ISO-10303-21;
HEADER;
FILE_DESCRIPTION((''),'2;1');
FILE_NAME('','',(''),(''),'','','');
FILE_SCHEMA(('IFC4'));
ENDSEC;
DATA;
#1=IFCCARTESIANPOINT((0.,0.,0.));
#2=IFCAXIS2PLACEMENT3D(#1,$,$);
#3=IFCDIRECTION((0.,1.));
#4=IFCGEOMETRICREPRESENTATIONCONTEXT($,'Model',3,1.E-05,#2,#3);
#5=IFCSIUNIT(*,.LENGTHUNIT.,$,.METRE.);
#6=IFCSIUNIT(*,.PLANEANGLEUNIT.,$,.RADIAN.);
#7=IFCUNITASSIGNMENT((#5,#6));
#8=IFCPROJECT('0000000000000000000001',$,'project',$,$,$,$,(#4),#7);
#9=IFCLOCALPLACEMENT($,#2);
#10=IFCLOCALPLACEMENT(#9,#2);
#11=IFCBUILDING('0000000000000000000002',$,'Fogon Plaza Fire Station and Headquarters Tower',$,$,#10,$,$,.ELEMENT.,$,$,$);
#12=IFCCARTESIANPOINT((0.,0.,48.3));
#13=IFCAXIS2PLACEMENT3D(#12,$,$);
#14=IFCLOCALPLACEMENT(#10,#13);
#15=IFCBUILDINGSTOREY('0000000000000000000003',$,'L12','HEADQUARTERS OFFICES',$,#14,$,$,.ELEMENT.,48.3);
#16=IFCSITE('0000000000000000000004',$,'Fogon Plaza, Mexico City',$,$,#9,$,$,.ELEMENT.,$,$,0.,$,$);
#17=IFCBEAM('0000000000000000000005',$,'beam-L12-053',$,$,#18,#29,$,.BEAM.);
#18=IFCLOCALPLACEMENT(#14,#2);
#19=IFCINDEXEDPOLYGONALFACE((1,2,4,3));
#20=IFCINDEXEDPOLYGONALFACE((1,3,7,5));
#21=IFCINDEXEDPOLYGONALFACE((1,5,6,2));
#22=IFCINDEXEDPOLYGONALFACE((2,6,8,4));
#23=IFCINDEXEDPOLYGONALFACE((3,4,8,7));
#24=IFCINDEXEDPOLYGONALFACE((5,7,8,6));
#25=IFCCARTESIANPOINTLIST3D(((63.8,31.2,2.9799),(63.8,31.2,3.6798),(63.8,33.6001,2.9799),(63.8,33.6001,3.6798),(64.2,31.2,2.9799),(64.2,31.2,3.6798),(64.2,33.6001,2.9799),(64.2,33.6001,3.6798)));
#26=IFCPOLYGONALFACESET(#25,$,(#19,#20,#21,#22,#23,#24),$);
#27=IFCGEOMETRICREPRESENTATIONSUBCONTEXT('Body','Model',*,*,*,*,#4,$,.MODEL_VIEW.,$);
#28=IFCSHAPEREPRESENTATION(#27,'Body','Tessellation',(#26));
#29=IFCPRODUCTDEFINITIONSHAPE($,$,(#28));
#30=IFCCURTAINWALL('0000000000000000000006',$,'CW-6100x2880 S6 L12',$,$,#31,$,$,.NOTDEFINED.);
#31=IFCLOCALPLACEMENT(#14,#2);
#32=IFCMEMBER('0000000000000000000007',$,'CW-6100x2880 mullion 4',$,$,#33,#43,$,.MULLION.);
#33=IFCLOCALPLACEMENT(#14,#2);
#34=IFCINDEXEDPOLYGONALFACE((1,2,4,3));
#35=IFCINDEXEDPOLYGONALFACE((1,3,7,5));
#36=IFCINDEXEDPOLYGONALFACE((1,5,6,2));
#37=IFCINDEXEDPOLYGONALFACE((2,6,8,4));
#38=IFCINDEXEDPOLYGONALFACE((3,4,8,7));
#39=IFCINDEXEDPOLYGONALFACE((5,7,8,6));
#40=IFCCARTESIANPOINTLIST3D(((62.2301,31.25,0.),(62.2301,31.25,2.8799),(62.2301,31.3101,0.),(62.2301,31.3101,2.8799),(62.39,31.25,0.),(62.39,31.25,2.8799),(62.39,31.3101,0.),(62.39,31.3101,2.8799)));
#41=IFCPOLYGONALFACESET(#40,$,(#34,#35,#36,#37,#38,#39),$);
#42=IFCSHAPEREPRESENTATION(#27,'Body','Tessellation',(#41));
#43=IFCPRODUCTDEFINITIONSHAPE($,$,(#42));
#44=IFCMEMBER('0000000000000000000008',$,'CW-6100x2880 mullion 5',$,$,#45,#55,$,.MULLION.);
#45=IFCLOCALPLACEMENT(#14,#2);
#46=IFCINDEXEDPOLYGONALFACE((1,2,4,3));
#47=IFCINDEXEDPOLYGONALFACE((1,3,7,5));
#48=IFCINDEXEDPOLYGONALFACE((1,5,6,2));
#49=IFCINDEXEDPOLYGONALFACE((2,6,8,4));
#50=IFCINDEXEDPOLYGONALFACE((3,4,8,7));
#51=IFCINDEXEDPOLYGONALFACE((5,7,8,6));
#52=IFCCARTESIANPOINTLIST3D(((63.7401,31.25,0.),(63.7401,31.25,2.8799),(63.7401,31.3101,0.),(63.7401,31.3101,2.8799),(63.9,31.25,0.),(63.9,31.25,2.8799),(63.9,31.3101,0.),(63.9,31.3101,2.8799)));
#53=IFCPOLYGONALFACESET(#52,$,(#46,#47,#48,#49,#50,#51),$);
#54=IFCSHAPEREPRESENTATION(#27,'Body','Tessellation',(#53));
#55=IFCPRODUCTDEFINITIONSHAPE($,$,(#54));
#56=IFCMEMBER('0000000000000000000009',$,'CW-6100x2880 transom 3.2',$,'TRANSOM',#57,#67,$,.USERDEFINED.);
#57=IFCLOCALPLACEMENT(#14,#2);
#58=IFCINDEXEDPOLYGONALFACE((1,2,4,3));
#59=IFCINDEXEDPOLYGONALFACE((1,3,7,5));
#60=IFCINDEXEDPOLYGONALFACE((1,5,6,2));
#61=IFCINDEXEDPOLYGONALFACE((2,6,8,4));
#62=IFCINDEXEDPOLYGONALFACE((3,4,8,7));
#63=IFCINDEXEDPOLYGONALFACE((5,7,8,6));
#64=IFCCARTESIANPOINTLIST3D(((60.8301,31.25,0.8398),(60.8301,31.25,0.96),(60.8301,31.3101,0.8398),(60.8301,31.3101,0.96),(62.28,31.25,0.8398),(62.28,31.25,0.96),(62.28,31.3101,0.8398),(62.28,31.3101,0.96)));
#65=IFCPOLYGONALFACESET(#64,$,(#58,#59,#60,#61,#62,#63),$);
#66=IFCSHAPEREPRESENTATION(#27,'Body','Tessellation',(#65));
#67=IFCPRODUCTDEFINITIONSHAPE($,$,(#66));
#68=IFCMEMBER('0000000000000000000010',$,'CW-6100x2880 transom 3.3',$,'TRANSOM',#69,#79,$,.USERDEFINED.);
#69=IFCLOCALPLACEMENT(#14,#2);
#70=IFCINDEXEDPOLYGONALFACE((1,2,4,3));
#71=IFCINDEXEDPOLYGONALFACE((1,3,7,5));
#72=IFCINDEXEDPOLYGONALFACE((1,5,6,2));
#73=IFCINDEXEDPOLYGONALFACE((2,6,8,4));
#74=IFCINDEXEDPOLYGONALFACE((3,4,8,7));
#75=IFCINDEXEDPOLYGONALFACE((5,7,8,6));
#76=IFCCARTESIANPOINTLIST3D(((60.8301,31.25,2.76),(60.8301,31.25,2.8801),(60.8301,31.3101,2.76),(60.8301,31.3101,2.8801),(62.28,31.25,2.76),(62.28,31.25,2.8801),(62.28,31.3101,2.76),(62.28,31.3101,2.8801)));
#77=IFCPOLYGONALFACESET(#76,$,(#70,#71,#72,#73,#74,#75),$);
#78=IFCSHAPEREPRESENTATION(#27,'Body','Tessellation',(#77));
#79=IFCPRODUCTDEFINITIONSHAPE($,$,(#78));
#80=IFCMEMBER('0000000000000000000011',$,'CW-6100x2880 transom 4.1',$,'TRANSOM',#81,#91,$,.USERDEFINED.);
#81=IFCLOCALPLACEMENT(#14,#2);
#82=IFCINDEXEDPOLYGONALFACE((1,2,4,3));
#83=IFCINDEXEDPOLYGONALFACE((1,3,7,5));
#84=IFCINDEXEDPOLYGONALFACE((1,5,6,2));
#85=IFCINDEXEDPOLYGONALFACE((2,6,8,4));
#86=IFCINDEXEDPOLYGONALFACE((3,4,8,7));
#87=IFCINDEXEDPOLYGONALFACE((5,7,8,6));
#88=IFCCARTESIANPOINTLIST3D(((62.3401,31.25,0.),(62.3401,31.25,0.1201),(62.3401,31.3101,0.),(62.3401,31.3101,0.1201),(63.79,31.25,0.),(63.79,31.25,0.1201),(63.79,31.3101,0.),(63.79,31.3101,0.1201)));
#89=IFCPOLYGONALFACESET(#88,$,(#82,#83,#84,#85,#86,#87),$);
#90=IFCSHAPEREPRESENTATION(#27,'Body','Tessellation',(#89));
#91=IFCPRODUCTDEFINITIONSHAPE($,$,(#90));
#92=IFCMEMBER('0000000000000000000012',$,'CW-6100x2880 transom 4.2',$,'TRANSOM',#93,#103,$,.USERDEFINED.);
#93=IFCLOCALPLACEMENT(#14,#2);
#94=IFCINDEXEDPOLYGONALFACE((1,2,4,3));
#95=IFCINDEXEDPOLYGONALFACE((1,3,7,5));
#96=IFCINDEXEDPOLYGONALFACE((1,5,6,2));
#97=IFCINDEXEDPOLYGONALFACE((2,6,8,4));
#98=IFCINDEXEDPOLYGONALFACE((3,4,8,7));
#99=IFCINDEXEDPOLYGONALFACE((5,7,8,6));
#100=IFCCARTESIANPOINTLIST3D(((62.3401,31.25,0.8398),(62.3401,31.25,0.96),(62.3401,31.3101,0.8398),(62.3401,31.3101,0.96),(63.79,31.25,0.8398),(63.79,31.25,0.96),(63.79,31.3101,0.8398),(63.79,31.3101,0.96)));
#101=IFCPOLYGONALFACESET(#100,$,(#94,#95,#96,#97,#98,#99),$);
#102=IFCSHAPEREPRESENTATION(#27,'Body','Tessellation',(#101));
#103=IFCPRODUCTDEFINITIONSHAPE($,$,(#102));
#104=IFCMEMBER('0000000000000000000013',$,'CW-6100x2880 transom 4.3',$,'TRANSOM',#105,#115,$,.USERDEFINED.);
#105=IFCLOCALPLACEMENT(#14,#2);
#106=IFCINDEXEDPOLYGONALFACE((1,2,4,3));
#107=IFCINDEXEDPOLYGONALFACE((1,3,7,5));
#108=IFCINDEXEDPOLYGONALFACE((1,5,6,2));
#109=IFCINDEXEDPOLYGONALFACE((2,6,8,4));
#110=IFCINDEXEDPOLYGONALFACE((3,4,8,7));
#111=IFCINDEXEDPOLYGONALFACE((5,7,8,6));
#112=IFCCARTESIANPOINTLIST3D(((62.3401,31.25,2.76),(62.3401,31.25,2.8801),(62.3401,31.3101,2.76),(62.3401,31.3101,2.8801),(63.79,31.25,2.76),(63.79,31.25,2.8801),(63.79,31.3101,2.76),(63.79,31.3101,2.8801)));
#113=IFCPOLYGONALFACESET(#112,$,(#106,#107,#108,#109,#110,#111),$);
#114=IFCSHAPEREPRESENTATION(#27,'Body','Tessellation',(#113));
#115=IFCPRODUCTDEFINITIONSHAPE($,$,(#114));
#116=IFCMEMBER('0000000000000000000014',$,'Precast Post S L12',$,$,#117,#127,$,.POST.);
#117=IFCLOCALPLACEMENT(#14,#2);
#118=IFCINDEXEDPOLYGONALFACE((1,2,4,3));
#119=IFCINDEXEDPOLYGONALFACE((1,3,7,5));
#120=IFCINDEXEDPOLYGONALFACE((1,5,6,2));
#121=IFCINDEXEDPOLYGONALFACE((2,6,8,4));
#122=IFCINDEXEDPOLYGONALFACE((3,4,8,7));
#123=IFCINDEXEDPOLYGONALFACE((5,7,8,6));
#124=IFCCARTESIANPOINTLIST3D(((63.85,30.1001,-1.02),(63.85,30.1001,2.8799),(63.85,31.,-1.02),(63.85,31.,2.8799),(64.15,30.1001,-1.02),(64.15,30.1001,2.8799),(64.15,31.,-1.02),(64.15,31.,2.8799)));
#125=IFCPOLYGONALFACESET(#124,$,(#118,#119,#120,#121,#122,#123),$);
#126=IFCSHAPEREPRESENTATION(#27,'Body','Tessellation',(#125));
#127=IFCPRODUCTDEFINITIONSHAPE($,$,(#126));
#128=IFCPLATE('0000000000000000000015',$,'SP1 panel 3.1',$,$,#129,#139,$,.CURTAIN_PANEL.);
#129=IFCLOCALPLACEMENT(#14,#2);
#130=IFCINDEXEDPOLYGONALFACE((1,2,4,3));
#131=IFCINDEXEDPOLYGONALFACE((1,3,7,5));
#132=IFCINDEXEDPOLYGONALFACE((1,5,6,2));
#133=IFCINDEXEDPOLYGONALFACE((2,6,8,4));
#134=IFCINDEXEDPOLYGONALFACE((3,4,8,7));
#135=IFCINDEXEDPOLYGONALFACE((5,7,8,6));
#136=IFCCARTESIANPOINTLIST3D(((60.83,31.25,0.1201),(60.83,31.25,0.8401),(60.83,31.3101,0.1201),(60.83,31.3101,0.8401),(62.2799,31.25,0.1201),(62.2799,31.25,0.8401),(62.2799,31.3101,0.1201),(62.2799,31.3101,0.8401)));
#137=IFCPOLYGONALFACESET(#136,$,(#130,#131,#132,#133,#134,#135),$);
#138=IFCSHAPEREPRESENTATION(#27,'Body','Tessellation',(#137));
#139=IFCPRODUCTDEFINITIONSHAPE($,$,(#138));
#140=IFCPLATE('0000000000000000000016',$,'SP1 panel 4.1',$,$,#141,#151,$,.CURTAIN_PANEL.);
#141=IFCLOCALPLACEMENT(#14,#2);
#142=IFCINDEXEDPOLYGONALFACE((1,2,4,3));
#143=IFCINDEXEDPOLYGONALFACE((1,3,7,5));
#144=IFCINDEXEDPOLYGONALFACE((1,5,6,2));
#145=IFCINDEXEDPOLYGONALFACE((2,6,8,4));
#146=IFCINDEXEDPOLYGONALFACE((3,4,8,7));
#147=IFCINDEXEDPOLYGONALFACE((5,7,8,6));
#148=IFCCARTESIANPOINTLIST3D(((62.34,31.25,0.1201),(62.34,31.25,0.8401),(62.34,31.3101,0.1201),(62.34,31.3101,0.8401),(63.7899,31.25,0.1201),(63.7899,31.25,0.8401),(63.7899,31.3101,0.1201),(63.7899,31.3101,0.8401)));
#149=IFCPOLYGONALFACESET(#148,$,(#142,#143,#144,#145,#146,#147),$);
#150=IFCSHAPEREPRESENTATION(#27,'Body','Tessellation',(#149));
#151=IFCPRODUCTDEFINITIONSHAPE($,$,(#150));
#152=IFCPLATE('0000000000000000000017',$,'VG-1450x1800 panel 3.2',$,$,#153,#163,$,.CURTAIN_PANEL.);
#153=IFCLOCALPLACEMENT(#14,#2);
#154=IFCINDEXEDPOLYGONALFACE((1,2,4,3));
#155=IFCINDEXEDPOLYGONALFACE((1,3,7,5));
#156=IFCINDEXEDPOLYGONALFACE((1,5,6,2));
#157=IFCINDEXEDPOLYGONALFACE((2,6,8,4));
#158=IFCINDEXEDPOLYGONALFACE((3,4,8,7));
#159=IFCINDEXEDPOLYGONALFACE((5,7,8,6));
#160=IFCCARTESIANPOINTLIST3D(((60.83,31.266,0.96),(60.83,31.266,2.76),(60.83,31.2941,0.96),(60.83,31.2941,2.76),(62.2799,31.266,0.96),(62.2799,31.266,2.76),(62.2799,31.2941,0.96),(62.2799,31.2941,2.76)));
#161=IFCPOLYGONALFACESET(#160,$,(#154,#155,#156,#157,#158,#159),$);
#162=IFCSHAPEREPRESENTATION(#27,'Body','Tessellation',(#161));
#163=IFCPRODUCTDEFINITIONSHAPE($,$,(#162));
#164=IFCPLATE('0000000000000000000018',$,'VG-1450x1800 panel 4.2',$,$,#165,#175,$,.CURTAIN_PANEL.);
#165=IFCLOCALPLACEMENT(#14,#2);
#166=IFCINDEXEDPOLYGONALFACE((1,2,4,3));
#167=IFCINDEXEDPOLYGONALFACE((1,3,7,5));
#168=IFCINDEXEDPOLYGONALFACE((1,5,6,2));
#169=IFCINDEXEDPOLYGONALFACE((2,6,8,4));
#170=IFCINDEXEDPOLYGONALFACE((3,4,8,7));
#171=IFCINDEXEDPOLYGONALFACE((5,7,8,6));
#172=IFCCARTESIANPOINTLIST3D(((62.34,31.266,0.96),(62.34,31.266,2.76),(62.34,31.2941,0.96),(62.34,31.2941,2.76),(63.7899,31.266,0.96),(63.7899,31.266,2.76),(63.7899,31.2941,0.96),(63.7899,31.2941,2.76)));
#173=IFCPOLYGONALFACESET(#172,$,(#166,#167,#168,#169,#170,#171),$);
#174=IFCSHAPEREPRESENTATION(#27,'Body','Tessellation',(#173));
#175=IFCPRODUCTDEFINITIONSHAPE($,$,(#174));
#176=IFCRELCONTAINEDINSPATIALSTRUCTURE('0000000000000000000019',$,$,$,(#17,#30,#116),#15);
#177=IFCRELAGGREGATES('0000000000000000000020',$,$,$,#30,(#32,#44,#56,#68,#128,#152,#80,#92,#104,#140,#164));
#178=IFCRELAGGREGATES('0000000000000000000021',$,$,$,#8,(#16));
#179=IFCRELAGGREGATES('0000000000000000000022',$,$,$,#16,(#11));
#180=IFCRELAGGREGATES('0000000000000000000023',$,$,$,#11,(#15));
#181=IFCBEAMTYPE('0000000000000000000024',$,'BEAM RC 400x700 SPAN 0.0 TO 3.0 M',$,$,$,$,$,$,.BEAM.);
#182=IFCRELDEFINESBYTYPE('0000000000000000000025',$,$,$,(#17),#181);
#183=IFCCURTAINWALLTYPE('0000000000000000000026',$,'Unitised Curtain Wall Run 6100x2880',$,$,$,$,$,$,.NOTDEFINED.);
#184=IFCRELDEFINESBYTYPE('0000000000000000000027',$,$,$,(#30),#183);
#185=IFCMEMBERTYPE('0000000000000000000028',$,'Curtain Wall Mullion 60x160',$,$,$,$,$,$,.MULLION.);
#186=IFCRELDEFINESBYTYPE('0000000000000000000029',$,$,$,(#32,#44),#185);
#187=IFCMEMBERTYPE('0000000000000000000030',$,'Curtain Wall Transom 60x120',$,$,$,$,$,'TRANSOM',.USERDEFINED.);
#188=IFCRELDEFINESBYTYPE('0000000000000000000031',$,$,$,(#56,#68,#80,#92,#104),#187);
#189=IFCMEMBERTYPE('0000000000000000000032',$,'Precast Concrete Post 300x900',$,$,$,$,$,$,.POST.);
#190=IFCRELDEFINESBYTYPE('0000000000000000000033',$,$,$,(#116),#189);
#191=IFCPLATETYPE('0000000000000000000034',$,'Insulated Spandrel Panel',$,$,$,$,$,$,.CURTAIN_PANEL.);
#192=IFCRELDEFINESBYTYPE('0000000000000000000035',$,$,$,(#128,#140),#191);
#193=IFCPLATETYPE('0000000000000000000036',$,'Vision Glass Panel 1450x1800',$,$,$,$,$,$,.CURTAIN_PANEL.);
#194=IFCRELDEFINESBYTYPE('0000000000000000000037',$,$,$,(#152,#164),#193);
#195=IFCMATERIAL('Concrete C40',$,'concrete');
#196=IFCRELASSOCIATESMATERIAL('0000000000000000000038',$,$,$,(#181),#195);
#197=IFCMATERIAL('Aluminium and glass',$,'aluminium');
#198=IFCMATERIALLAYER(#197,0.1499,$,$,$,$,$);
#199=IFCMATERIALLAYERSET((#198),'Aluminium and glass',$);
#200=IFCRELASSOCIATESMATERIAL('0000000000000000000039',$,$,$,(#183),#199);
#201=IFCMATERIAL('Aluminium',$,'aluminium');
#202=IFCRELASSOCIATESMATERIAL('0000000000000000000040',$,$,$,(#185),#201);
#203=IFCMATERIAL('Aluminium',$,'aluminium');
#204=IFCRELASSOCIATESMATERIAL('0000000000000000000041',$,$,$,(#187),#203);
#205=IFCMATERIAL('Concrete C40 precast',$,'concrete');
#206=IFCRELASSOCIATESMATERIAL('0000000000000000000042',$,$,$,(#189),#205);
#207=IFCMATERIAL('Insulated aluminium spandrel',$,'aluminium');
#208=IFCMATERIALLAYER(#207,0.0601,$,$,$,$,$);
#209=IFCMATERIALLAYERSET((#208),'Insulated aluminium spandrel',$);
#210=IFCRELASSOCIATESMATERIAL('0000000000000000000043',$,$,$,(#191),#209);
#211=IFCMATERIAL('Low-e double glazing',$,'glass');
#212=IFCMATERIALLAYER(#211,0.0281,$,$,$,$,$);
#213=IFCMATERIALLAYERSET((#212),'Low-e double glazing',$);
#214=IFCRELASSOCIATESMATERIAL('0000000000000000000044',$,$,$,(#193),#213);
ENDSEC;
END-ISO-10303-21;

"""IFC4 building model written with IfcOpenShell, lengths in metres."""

from ifc_helpers import new_model, si_unit, direction, frame, origin, origin_2d, place, context, subcontext, project, spatial, rectangle, extrude, material, layer, layer_set, material_profile, profile_set, type_object, element, aggregate, save


model = new_model("IFC4")

# Units and contexts
model_context = context("Model", 3, precision=1e-05, world=origin(), true_north=direction((0.0, 1.0)))
body_context = subcontext(model_context, "Body", "Model", "MODEL_VIEW")
ifc_project = project(units=[si_unit("LENGTHUNIT", "METRE"), si_unit("PLANEANGLEUNIT", "RADIAN")], contexts=[model_context])

# Site, building, storey
site_placement = place(None, origin())
site = spatial("IfcSite", under=ifc_project, at=site_placement, Name="Fogon Plaza, Mexico City", CompositionType="ELEMENT", RefElevation=0.0)
building_placement = place(site_placement, origin())
building = spatial("IfcBuilding", under=site, at=building_placement, Name="Fogon Plaza Fire Station and Headquarters Tower", CompositionType="ELEMENT")
storey_placement = place(building_placement, frame((0.0, 0.0, 48.3)))
storey = spatial("IfcBuildingStorey", under=building, at=storey_placement, Name="L12", Description="HEADQUARTERS OFFICES", CompositionType="ELEMENT", Elevation=48.3)

# Beam
ifc_material_1 = material(Name="Concrete C40", Category="concrete")
ifc_material_profile_1 = material_profile(ifc_material_1, rectangle(XDim=0.3999, YDim=0.7, at=origin_2d()), Name="RC 400x700")
ifc_profile_set_1 = profile_set([ifc_material_profile_1], Name="Concrete C40")
beam_type = type_object("IfcBeamType", Name="BEAM RC 400x700 SPAN 0.0 TO 3.0 M", PredefinedType="BEAM", material=ifc_profile_set_1)
beam_placement = place(storey_placement, frame((64.0, 31.2, 3.3298), z_axis=(0.0, 1.0, 0.0), x_axis=(-1.0, 0.0, 0.0)))
element("IfcBeam", 1, at=beam_placement, inside=storey, type_object=beam_type, Name="beam-L12-053", PredefinedType="BEAM", context=body_context, shape_type="SweptSolid", body=[
    extrude(rectangle(XDim=0.3999, YDim=0.7, at=origin_2d()), origin(), (0.0, 0.0, 1.0), 2.4001),
])

# Curtain wall, members
ifc_material_2 = material(Name="Aluminium and glass", Category="aluminium")
ifc_layer_1 = layer(ifc_material_2, 0.1499)
ifc_layer_set_1 = layer_set([ifc_layer_1], Name="Aluminium and glass")
curtain_wall_type = type_object("IfcCurtainWallType", Name="Unitised Curtain Wall Run 6100x2880", PredefinedType="NOTDEFINED", material=ifc_layer_set_1)
curtain_wall_placement = place(storey_placement, origin())
curtain_wall = element("IfcCurtainWall", 2, at=curtain_wall_placement, inside=storey, type_object=curtain_wall_type, Name="CW-6100x2880 S6 L12", PredefinedType="NOTDEFINED")
ifc_material_3 = material(Name="Aluminium", Category="aluminium")
ifc_material_profile_2 = material_profile(ifc_material_3, rectangle(XDim=0.0601, YDim=0.1599, at=origin_2d()), Name="Curtain Wall Mullion 60x160")
ifc_profile_set_2 = profile_set([ifc_material_profile_2], Name="Aluminium")
member_type_1 = type_object("IfcMemberType", Name="Curtain Wall Mullion 60x160", PredefinedType="MULLION", material=ifc_profile_set_2)
member_1_placement = place(storey_placement, frame((62.3101, 31.28, 0.0), z_axis=(0.0, 0.0, 1.0), x_axis=(0.0, 1.0, 0.0)))
member_1 = element("IfcMember", 3, at=member_1_placement, type_object=member_type_1, Name="CW-6100x2880 mullion 4", PredefinedType="MULLION", context=body_context, shape_type="SweptSolid", body=[
    extrude(rectangle(XDim=0.0601, YDim=0.1599, at=origin_2d()), origin(), (0.0, 0.0, 1.0), 2.8799),
])
member_2_placement = place(storey_placement, frame((63.8201, 31.28, 0.0), z_axis=(0.0, 0.0, 1.0), x_axis=(0.0, 1.0, 0.0)))
member_2 = element("IfcMember", 4, at=member_2_placement, type_object=member_type_1, Name="CW-6100x2880 mullion 5", PredefinedType="MULLION", context=body_context, shape_type="SweptSolid", body=[
    extrude(rectangle(XDim=0.0601, YDim=0.1599, at=origin_2d()), origin(), (0.0, 0.0, 1.0), 2.8799),
])
ifc_material_4 = material(Name="Aluminium", Category="aluminium")
ifc_material_profile_3 = material_profile(ifc_material_4, rectangle(XDim=0.0601, YDim=0.1201, at=origin_2d()), Name="Curtain Wall Transom 60x120")
ifc_profile_set_3 = profile_set([ifc_material_profile_3], Name="Aluminium")
member_type_2 = type_object("IfcMemberType", Name="Curtain Wall Transom 60x120", ElementType="TRANSOM", PredefinedType="USERDEFINED", material=ifc_profile_set_3)
member_3_placement = place(storey_placement, frame((60.8301, 31.28, 0.8999), z_axis=(1.0, 0.0, 0.0), x_axis=(0.0, 1.0, 0.0)))
member_3 = element("IfcMember", 5, at=member_3_placement, type_object=member_type_2, Name="CW-6100x2880 transom 3.2", ObjectType="TRANSOM", PredefinedType="USERDEFINED", context=body_context, shape_type="SweptSolid", body=[
    extrude(rectangle(XDim=0.0601, YDim=0.1201, at=origin_2d()), origin(), (0.0, 0.0, 1.0), 1.45),
])
member_4_placement = place(storey_placement, frame((60.8301, 31.28, 2.8201), z_axis=(1.0, 0.0, 0.0), x_axis=(0.0, 1.0, 0.0)))
member_4 = element("IfcMember", 6, at=member_4_placement, type_object=member_type_2, Name="CW-6100x2880 transom 3.3", ObjectType="TRANSOM", PredefinedType="USERDEFINED", context=body_context, shape_type="SweptSolid", body=[
    extrude(rectangle(XDim=0.0601, YDim=0.1201, at=origin_2d()), origin(), (0.0, 0.0, 1.0), 1.45),
])
member_5_placement = place(storey_placement, frame((62.3401, 31.28, 0.0601), z_axis=(1.0, 0.0, 0.0), x_axis=(0.0, 1.0, 0.0)))
member_5 = element("IfcMember", 7, at=member_5_placement, type_object=member_type_2, Name="CW-6100x2880 transom 4.1", ObjectType="TRANSOM", PredefinedType="USERDEFINED", context=body_context, shape_type="SweptSolid", body=[
    extrude(rectangle(XDim=0.0601, YDim=0.1201, at=origin_2d()), origin(), (0.0, 0.0, 1.0), 1.45),
])
member_6_placement = place(storey_placement, frame((62.3401, 31.28, 0.8999), z_axis=(1.0, 0.0, 0.0), x_axis=(0.0, 1.0, 0.0)))
member_6 = element("IfcMember", 8, at=member_6_placement, type_object=member_type_2, Name="CW-6100x2880 transom 4.2", ObjectType="TRANSOM", PredefinedType="USERDEFINED", context=body_context, shape_type="SweptSolid", body=[
    extrude(rectangle(XDim=0.0601, YDim=0.1201, at=origin_2d()), origin(), (0.0, 0.0, 1.0), 1.45),
])
member_7_placement = place(storey_placement, frame((62.3401, 31.28, 2.8201), z_axis=(1.0, 0.0, 0.0), x_axis=(0.0, 1.0, 0.0)))
member_7 = element("IfcMember", 9, at=member_7_placement, type_object=member_type_2, Name="CW-6100x2880 transom 4.3", ObjectType="TRANSOM", PredefinedType="USERDEFINED", context=body_context, shape_type="SweptSolid", body=[
    extrude(rectangle(XDim=0.0601, YDim=0.1201, at=origin_2d()), origin(), (0.0, 0.0, 1.0), 1.45),
])

# Member
ifc_material_5 = material(Name="Concrete C40 precast", Category="concrete")
ifc_material_profile_4 = material_profile(ifc_material_5, rectangle(XDim=0.3, YDim=0.8999, at=origin_2d()), Name="Precast Concrete Post 300x900")
ifc_profile_set_4 = profile_set([ifc_material_profile_4], Name="Concrete C40 precast")
member_type_3 = type_object("IfcMemberType", Name="Precast Concrete Post 300x900", PredefinedType="POST", material=ifc_profile_set_4)
member_8_placement = place(storey_placement, frame((64.0, 30.55, -1.02), z_axis=(0.0, 0.0, 1.0), x_axis=(1.0, 0.0, 0.0)))
element("IfcMember", 10, at=member_8_placement, inside=storey, type_object=member_type_3, Name="Precast Post S L12", PredefinedType="POST", context=body_context, shape_type="SweptSolid", body=[
    extrude(rectangle(XDim=0.3, YDim=0.8999, at=origin_2d()), origin(), (0.0, 0.0, 1.0), 3.8999),
])

# Plates
ifc_material_6 = material(Name="Insulated aluminium spandrel", Category="aluminium")
ifc_layer_2 = layer(ifc_material_6, 0.0601)
ifc_layer_set_2 = layer_set([ifc_layer_2], Name="Insulated aluminium spandrel")
plate_type_1 = type_object("IfcPlateType", Name="Insulated Spandrel Panel", PredefinedType="CURTAIN_PANEL", material=ifc_layer_set_2)
plate_1_placement = place(storey_placement, frame((61.5549, 31.28, 0.1201), z_axis=(0.0, 0.0, 1.0), x_axis=(1.0, 0.0, 0.0)))
plate_1 = element("IfcPlate", 11, at=plate_1_placement, type_object=plate_type_1, Name="SP1 panel 3.1", PredefinedType="CURTAIN_PANEL", context=body_context, shape_type="SweptSolid", body=[
    extrude(rectangle(XDim=1.45, YDim=0.0601, at=origin_2d()), origin(), (0.0, 0.0, 1.0), 0.72),
])
plate_2_placement = place(storey_placement, frame((63.0649, 31.28, 0.1201), z_axis=(0.0, 0.0, 1.0), x_axis=(1.0, 0.0, 0.0)))
plate_2 = element("IfcPlate", 12, at=plate_2_placement, type_object=plate_type_1, Name="SP1 panel 4.1", PredefinedType="CURTAIN_PANEL", context=body_context, shape_type="SweptSolid", body=[
    extrude(rectangle(XDim=1.45, YDim=0.0601, at=origin_2d()), origin(), (0.0, 0.0, 1.0), 0.72),
])
ifc_material_7 = material(Name="Low-e double glazing", Category="glass")
ifc_layer_3 = layer(ifc_material_7, 0.0281)
ifc_layer_set_3 = layer_set([ifc_layer_3], Name="Low-e double glazing")
plate_type_2 = type_object("IfcPlateType", Name="Vision Glass Panel 1450x1800", PredefinedType="CURTAIN_PANEL", material=ifc_layer_set_3)
plate_3_placement = place(storey_placement, frame((61.5549, 31.28, 0.96), z_axis=(0.0, 0.0, 1.0), x_axis=(1.0, 0.0, 0.0)))
plate_3 = element("IfcPlate", 13, at=plate_3_placement, type_object=plate_type_2, Name="VG-1450x1800 panel 3.2", PredefinedType="CURTAIN_PANEL", context=body_context, shape_type="SweptSolid", body=[
    extrude(rectangle(XDim=1.45, YDim=0.0281, at=origin_2d()), origin(), (0.0, 0.0, 1.0), 1.8),
])
plate_4_placement = place(storey_placement, frame((63.0649, 31.28, 0.96), z_axis=(0.0, 0.0, 1.0), x_axis=(1.0, 0.0, 0.0)))
plate_4 = element("IfcPlate", 14, at=plate_4_placement, type_object=plate_type_2, Name="VG-1450x1800 panel 4.2", PredefinedType="CURTAIN_PANEL", context=body_context, shape_type="SweptSolid", body=[
    extrude(rectangle(XDim=1.45, YDim=0.0281, at=origin_2d()), origin(), (0.0, 0.0, 1.0), 1.8),
])
aggregate(curtain_wall, [member_1, member_2, member_3, member_4, plate_1, plate_3, member_5, member_6, member_7, plate_2, plate_4])

save(model, "model.ifc")
